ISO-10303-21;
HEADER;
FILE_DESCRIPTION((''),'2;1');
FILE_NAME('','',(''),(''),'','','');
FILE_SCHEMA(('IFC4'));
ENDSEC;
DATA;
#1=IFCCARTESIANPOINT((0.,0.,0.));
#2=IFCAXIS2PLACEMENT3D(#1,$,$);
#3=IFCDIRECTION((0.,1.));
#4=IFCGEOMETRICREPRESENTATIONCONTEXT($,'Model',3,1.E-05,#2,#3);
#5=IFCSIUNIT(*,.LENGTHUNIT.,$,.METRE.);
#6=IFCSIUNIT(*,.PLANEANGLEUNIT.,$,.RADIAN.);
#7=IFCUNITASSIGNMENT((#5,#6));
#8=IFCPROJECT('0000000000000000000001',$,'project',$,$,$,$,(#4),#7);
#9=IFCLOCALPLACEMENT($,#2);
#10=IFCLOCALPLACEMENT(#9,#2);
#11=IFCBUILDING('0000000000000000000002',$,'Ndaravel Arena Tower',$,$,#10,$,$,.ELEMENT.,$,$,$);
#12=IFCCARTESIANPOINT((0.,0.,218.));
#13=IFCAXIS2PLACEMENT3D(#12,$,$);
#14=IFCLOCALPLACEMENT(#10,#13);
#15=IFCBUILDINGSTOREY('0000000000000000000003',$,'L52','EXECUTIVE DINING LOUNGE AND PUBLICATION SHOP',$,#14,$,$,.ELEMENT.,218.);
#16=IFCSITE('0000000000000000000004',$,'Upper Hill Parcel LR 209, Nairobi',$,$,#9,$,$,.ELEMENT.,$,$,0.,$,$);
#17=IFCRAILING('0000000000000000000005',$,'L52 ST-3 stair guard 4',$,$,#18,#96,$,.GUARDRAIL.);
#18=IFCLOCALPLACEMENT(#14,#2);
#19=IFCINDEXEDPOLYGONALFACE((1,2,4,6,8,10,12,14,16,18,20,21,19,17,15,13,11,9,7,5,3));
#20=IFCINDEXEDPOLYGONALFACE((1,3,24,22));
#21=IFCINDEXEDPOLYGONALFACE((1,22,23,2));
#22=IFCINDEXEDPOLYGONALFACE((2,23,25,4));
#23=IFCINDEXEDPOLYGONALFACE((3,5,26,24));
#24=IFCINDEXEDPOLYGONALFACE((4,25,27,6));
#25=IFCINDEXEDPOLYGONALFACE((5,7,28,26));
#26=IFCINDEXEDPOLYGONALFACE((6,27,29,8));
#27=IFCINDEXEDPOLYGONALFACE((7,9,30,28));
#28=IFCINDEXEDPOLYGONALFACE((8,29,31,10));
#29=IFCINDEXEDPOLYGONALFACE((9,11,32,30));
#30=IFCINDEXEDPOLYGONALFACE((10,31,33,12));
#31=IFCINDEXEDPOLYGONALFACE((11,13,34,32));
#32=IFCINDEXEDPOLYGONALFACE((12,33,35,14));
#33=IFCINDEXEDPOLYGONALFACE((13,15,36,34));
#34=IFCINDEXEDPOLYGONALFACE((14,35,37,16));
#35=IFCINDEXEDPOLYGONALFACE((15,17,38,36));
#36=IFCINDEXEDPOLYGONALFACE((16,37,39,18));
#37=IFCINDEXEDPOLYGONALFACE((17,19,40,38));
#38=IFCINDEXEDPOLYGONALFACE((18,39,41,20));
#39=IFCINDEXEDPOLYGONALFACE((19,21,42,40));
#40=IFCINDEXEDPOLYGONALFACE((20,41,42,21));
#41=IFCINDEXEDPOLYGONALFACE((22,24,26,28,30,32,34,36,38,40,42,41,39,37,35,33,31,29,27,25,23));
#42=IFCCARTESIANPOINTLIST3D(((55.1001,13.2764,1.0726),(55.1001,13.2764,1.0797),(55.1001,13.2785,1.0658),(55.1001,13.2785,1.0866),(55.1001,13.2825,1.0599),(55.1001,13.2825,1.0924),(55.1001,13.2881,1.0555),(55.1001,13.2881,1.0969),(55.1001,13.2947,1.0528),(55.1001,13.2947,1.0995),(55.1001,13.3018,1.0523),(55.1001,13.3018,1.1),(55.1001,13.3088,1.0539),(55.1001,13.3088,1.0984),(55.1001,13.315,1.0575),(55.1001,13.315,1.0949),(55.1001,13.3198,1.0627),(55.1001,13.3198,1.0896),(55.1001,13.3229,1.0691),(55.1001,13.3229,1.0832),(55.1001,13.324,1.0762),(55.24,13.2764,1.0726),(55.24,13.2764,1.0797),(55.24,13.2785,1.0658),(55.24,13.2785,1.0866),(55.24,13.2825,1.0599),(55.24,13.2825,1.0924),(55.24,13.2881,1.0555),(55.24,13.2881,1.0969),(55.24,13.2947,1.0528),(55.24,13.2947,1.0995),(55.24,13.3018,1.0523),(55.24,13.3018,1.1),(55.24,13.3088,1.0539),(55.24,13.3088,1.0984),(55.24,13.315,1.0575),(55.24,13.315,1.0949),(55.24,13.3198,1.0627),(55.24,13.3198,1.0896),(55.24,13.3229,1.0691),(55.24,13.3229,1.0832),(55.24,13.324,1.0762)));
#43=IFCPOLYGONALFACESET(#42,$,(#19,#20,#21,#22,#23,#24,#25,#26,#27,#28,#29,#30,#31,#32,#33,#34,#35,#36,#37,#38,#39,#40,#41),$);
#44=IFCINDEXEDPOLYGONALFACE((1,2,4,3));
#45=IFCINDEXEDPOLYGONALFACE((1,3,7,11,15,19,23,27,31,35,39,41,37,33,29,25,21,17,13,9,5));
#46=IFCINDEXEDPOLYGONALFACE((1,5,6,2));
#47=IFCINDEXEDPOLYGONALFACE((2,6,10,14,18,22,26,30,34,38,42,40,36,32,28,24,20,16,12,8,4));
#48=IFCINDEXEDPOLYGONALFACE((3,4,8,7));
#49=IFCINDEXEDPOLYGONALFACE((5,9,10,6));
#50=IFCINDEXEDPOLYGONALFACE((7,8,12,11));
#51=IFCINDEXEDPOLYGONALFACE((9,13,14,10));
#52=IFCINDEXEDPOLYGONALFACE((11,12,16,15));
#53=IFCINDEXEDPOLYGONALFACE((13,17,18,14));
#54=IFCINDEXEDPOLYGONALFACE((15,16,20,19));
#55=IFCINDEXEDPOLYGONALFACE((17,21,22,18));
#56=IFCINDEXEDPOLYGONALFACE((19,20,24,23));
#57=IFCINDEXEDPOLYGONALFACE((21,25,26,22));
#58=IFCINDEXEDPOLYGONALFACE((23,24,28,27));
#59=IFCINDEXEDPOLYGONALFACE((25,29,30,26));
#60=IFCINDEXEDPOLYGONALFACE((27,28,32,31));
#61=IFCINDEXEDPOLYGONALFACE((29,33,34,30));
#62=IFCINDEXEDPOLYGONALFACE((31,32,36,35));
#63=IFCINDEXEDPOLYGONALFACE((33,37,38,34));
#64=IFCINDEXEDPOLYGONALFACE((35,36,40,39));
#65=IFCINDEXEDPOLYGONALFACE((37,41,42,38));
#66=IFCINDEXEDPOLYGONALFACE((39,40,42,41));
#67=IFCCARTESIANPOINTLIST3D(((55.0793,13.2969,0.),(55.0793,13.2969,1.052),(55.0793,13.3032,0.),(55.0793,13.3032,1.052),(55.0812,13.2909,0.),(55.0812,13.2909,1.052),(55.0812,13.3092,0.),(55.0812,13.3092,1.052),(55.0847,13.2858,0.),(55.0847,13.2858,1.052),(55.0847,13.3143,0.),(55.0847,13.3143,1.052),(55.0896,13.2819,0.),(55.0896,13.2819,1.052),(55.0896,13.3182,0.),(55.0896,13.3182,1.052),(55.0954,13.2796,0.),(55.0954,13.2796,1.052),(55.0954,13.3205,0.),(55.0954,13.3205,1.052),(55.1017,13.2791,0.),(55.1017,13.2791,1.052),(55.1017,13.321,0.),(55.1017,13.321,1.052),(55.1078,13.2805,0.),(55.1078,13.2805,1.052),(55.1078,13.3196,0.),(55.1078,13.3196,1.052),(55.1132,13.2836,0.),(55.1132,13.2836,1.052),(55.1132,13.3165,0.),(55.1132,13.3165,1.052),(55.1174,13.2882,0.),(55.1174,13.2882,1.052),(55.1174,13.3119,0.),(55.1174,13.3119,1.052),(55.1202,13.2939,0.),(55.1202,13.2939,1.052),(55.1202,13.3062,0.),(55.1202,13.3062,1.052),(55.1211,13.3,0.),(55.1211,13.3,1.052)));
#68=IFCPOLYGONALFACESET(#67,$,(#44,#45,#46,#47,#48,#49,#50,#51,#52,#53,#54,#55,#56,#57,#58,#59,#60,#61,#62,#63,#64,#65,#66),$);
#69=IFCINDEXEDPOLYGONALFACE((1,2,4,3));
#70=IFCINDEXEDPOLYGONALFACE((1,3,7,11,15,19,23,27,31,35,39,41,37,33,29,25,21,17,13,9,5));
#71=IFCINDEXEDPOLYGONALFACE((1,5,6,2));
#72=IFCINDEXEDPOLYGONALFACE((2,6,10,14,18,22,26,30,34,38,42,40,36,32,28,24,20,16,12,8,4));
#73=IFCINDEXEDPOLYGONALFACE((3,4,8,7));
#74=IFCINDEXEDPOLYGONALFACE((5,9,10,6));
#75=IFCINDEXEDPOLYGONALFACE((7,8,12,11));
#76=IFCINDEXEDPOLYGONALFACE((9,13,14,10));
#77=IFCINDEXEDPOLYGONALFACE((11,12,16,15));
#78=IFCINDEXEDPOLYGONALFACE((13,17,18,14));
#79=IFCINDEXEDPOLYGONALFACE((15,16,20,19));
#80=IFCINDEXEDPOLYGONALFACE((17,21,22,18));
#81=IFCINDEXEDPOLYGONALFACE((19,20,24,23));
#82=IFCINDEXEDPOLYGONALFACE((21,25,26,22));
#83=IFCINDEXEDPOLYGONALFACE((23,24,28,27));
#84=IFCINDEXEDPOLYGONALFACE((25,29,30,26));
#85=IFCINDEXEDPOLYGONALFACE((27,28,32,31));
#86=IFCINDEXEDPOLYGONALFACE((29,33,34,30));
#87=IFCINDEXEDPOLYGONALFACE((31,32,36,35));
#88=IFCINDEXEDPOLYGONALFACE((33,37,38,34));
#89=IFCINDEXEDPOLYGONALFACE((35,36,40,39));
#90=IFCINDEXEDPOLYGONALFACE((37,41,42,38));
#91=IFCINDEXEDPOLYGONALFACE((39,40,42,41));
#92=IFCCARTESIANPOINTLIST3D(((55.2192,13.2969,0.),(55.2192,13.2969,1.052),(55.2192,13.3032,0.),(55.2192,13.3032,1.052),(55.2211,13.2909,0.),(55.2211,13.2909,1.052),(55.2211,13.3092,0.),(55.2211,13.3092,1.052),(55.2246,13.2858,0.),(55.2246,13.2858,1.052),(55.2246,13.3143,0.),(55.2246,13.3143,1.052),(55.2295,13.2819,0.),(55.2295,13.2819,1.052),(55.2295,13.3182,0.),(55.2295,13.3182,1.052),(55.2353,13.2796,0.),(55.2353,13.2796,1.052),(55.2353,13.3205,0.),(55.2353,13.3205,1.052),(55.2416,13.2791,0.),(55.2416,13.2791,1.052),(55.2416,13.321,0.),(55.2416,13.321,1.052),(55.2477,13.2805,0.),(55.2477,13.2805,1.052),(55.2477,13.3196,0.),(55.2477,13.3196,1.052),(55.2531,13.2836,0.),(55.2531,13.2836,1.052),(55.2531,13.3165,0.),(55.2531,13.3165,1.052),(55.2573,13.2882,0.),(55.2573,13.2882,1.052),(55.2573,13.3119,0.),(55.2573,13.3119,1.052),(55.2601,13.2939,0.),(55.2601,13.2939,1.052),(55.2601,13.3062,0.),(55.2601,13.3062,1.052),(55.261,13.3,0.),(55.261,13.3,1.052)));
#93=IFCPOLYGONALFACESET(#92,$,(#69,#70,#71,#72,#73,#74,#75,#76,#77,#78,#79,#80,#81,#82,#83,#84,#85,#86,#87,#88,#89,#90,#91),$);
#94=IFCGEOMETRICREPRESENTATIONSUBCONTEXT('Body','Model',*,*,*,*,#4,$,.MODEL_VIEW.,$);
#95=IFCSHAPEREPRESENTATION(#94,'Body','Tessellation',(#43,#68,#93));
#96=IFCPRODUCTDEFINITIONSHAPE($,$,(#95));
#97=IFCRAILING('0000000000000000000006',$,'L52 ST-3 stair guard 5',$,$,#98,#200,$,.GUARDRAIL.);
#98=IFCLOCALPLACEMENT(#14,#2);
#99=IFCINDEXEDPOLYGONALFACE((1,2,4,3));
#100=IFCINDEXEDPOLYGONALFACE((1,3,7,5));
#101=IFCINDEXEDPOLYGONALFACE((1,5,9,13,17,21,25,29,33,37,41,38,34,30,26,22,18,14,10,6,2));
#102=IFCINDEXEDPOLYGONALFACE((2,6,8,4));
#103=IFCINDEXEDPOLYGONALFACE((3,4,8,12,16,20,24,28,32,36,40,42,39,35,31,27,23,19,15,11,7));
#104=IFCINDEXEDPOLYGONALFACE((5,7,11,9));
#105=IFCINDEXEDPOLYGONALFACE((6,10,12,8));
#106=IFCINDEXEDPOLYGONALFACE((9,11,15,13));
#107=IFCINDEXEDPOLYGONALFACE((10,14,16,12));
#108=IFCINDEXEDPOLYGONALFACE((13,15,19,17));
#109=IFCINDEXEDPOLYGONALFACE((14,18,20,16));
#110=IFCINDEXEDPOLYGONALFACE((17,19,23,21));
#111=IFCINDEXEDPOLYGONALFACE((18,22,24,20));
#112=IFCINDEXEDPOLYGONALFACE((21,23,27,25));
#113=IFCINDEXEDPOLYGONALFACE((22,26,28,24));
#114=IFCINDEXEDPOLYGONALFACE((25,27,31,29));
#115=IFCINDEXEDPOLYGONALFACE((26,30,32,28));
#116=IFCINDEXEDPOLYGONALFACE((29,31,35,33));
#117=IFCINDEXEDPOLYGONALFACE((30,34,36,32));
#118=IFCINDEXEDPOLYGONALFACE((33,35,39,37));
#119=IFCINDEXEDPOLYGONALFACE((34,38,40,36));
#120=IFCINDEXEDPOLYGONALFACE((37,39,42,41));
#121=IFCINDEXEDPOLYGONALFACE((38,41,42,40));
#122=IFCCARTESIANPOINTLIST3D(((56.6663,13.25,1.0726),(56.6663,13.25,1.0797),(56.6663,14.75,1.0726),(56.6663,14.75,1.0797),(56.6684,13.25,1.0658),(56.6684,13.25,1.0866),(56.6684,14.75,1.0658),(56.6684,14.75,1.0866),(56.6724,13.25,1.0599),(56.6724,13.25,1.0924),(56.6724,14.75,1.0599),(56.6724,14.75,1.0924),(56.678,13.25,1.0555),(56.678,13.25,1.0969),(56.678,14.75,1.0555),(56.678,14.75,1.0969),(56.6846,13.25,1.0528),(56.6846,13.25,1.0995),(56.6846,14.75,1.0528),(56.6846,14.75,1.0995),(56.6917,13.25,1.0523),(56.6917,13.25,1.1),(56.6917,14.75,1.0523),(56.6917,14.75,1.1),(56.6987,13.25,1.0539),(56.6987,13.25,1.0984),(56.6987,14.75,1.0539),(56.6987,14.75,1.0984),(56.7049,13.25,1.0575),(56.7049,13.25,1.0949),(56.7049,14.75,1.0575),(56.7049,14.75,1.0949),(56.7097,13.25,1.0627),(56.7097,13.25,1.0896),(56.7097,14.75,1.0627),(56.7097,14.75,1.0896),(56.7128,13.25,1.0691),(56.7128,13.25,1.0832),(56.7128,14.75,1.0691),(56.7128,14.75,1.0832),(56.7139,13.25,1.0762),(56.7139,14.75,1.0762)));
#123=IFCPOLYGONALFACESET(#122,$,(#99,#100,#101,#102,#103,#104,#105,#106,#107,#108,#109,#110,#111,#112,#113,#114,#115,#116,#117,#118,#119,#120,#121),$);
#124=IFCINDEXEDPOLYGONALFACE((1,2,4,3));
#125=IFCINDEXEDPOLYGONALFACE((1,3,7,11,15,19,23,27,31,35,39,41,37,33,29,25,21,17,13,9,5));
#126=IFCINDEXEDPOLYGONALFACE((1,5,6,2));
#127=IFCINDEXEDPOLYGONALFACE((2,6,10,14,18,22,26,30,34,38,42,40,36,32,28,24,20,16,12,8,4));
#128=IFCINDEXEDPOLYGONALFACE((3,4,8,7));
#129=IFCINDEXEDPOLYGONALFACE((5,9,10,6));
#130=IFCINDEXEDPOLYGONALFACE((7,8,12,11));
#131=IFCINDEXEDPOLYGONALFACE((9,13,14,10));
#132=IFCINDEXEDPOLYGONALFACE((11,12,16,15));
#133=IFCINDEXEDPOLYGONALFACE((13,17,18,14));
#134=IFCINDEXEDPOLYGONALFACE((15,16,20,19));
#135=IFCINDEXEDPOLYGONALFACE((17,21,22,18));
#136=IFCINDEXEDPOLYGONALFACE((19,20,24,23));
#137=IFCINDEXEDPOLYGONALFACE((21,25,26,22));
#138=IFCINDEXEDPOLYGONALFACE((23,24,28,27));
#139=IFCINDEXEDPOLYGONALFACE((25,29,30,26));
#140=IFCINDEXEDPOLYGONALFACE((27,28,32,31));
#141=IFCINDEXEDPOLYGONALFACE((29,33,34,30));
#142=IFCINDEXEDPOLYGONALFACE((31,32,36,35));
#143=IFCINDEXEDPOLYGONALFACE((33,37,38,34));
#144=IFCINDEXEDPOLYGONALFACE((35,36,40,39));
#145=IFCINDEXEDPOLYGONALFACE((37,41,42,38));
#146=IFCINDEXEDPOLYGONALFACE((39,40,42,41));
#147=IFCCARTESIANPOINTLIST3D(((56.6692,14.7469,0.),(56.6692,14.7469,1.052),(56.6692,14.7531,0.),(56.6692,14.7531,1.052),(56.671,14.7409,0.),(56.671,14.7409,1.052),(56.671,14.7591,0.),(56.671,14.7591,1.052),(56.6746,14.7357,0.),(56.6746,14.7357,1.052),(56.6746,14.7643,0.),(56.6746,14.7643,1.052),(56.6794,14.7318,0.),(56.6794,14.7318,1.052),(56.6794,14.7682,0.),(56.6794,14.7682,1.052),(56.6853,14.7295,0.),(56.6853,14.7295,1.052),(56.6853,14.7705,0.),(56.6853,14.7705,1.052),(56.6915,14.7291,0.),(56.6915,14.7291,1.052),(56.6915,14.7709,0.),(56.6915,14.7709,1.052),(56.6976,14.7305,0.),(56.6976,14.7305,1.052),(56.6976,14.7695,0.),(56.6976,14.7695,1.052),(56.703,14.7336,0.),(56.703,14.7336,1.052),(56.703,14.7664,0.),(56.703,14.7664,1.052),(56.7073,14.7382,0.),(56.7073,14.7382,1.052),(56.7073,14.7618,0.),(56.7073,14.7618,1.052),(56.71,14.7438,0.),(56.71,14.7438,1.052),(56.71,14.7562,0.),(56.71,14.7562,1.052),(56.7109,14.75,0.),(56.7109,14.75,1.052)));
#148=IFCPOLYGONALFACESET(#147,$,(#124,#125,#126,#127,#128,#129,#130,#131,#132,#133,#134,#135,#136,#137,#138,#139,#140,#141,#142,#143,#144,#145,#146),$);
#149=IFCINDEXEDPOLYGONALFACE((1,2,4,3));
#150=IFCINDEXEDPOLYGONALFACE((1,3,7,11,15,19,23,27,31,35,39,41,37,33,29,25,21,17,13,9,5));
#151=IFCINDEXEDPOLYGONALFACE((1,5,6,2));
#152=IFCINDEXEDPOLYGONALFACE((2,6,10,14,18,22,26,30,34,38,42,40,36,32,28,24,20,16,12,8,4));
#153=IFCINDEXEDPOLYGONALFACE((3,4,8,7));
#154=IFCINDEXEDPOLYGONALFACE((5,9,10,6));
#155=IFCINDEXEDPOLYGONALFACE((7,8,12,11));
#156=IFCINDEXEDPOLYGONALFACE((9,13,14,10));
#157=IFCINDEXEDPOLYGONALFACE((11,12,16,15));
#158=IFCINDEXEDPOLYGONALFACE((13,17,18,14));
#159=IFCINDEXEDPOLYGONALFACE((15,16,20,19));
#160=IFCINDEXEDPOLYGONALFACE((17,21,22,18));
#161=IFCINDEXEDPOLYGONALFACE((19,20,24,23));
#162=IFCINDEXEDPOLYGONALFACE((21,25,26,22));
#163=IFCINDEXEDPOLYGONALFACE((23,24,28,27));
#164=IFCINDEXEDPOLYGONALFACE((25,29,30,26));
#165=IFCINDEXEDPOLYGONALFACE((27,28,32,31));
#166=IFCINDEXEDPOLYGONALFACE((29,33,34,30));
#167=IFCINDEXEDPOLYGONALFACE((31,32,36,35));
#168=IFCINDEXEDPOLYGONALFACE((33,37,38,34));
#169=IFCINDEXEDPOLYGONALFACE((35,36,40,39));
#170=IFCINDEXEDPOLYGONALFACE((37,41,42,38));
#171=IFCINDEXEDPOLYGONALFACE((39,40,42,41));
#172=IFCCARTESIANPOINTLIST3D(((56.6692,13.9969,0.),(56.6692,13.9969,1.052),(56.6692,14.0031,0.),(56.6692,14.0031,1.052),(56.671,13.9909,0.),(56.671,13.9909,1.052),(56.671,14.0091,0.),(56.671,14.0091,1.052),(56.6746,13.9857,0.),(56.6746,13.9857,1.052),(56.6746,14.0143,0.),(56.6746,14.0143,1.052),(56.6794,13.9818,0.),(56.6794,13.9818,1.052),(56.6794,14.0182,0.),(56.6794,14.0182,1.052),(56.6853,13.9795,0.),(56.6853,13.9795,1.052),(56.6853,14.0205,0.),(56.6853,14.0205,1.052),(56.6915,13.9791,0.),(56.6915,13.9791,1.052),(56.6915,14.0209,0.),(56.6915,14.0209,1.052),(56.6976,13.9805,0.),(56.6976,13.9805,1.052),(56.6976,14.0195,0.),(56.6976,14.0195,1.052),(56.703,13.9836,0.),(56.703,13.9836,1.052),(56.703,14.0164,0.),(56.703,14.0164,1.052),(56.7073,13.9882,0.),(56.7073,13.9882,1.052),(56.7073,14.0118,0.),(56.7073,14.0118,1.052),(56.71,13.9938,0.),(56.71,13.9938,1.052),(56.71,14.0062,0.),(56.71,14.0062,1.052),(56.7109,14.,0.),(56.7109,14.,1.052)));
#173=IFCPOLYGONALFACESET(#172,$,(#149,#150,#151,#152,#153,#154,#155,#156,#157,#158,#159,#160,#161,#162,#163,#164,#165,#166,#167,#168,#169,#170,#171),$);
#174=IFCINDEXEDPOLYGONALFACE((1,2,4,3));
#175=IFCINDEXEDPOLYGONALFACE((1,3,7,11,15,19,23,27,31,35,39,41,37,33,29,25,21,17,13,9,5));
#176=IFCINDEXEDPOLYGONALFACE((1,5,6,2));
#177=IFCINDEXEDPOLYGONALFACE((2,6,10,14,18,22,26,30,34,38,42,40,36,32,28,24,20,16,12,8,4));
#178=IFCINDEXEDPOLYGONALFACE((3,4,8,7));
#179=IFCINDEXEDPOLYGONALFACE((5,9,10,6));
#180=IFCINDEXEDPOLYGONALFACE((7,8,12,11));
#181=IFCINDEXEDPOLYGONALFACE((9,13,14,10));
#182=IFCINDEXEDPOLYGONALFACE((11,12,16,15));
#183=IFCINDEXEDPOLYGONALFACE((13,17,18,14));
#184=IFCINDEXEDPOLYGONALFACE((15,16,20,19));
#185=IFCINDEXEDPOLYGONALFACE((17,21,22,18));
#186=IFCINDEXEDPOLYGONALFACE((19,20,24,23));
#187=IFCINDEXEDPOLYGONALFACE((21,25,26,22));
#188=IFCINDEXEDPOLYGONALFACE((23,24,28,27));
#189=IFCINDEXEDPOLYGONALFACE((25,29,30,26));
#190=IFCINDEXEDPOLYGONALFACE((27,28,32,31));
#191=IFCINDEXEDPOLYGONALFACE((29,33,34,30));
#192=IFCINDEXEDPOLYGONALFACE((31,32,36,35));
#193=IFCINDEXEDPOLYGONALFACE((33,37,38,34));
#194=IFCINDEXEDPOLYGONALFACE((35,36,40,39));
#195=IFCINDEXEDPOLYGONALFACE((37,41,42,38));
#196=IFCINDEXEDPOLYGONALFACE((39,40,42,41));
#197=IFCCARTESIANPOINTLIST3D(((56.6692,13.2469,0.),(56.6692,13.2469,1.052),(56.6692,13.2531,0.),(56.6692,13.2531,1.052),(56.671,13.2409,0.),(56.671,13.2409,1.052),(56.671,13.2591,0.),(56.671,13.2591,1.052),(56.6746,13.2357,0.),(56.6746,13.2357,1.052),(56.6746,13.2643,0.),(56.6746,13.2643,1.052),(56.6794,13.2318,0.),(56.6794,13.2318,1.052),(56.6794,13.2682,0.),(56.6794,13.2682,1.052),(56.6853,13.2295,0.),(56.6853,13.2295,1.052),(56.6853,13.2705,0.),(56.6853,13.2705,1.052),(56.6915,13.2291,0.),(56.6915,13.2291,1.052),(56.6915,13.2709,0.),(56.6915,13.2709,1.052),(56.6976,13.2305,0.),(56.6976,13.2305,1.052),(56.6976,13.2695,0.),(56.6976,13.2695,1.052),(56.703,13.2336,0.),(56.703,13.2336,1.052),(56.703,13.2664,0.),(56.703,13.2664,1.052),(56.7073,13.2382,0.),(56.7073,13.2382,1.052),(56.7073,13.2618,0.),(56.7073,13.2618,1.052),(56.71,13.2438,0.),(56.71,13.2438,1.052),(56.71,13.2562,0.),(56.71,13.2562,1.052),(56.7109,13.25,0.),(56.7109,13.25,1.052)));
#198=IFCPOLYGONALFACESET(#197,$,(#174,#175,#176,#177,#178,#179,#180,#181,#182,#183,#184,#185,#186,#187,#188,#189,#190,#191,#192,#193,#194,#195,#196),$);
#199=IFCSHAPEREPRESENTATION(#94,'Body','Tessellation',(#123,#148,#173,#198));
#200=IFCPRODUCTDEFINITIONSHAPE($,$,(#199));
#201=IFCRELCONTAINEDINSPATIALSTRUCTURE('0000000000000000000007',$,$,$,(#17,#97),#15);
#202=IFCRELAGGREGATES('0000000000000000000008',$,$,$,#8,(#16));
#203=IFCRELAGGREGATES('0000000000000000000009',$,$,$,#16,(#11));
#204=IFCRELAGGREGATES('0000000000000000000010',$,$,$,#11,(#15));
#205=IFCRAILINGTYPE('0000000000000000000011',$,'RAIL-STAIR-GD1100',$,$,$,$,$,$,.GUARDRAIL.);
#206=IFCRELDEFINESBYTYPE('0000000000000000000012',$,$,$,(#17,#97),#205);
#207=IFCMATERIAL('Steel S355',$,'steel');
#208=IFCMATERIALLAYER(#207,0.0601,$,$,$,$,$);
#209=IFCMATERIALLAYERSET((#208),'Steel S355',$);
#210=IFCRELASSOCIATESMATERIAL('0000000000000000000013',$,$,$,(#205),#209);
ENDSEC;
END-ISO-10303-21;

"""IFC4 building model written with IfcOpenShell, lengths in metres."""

from ifc_helpers import new_model, si_unit, direction, frame, origin, origin_2d, place, context, subcontext, project, spatial, circle, extrude, material, layer, layer_set, type_object, element, save


model = new_model("IFC4")

# Units and contexts
model_context = context("Model", 3, precision=1e-05, world=origin(), true_north=direction((0.0, 1.0)))
body_context = subcontext(model_context, "Body", "Model", "MODEL_VIEW")
ifc_project = project(units=[si_unit("LENGTHUNIT", "METRE"), si_unit("PLANEANGLEUNIT", "RADIAN")], contexts=[model_context])

# Site, building, storey
site_placement = place(None, origin())
site = spatial("IfcSite", under=ifc_project, at=site_placement, Name="Upper Hill Parcel LR 209, Nairobi", CompositionType="ELEMENT", RefElevation=0.0)
building_placement = place(site_placement, origin())
building = spatial("IfcBuilding", under=site, at=building_placement, Name="Ndaravel Arena Tower", CompositionType="ELEMENT")
storey_placement = place(building_placement, frame((0.0, 0.0, 218.0)))
storey = spatial("IfcBuildingStorey", under=building, at=storey_placement, Name="L52", Description="EXECUTIVE DINING LOUNGE AND PUBLICATION SHOP", CompositionType="ELEMENT", Elevation=218.0)

# Railings
ifc_material_1 = material(Name="Steel S355", Category="steel")
ifc_layer_1 = layer(ifc_material_1, 0.0601)
ifc_layer_set_1 = layer_set([ifc_layer_1], Name="Steel S355")
railing_type_1 = type_object("IfcRailingType", Name="RAIL-STAIR-GD1100", PredefinedType="GUARDRAIL", material=ifc_layer_set_1)
railing_1_placement = place(storey_placement, frame((55.1001, 13.3, 0.0)))
element("IfcRailing", 1, at=railing_1_placement, inside=storey, type_object=railing_type_1, Name="L52 ST-3 stair guard 4", PredefinedType="GUARDRAIL", context=body_context, shape_type="SweptSolid", body=[
    extrude(circle(Radius=0.0239, at=origin_2d()), frame((0.0, 0.0, 1.0762), z_axis=(1.0, 0.0, 0.0), x_axis=(0.0, 1.0, 0.0)), (0.0, 0.0, 1.0), 0.1399),
    extrude(circle(Radius=0.021, at=origin_2d()), origin(), (0.0, 0.0, 1.0), 1.052),
    extrude(circle(Radius=0.021, at=origin_2d()), frame((0.1399, 0.0, 0.0)), (0.0, 0.0, 1.0), 1.052),
])
railing_2_placement = place(storey_placement, frame((56.6899, 14.75, 0.0)))
element("IfcRailing", 2, at=railing_2_placement, inside=storey, type_object=railing_type_1, Name="L52 ST-3 stair guard 5", PredefinedType="GUARDRAIL", context=body_context, shape_type="SweptSolid", body=[
    extrude(circle(Radius=0.0239, at=origin_2d()), frame((0.0, 0.0, 1.0762), z_axis=(0.0, -1.0, 0.0), x_axis=(1.0, 0.0, 0.0)), (0.0, 0.0, 1.0), 1.5),
    extrude(circle(Radius=0.021, at=origin_2d()), origin(), (0.0, 0.0, 1.0), 1.052),
    extrude(circle(Radius=0.021, at=origin_2d()), frame((0.0, -0.75, 0.0)), (0.0, 0.0, 1.0), 1.052),
    extrude(circle(Radius=0.021, at=origin_2d()), frame((0.0, -1.5, 0.0)), (0.0, 0.0, 1.0), 1.052),
])

save(model, "model.ifc")
